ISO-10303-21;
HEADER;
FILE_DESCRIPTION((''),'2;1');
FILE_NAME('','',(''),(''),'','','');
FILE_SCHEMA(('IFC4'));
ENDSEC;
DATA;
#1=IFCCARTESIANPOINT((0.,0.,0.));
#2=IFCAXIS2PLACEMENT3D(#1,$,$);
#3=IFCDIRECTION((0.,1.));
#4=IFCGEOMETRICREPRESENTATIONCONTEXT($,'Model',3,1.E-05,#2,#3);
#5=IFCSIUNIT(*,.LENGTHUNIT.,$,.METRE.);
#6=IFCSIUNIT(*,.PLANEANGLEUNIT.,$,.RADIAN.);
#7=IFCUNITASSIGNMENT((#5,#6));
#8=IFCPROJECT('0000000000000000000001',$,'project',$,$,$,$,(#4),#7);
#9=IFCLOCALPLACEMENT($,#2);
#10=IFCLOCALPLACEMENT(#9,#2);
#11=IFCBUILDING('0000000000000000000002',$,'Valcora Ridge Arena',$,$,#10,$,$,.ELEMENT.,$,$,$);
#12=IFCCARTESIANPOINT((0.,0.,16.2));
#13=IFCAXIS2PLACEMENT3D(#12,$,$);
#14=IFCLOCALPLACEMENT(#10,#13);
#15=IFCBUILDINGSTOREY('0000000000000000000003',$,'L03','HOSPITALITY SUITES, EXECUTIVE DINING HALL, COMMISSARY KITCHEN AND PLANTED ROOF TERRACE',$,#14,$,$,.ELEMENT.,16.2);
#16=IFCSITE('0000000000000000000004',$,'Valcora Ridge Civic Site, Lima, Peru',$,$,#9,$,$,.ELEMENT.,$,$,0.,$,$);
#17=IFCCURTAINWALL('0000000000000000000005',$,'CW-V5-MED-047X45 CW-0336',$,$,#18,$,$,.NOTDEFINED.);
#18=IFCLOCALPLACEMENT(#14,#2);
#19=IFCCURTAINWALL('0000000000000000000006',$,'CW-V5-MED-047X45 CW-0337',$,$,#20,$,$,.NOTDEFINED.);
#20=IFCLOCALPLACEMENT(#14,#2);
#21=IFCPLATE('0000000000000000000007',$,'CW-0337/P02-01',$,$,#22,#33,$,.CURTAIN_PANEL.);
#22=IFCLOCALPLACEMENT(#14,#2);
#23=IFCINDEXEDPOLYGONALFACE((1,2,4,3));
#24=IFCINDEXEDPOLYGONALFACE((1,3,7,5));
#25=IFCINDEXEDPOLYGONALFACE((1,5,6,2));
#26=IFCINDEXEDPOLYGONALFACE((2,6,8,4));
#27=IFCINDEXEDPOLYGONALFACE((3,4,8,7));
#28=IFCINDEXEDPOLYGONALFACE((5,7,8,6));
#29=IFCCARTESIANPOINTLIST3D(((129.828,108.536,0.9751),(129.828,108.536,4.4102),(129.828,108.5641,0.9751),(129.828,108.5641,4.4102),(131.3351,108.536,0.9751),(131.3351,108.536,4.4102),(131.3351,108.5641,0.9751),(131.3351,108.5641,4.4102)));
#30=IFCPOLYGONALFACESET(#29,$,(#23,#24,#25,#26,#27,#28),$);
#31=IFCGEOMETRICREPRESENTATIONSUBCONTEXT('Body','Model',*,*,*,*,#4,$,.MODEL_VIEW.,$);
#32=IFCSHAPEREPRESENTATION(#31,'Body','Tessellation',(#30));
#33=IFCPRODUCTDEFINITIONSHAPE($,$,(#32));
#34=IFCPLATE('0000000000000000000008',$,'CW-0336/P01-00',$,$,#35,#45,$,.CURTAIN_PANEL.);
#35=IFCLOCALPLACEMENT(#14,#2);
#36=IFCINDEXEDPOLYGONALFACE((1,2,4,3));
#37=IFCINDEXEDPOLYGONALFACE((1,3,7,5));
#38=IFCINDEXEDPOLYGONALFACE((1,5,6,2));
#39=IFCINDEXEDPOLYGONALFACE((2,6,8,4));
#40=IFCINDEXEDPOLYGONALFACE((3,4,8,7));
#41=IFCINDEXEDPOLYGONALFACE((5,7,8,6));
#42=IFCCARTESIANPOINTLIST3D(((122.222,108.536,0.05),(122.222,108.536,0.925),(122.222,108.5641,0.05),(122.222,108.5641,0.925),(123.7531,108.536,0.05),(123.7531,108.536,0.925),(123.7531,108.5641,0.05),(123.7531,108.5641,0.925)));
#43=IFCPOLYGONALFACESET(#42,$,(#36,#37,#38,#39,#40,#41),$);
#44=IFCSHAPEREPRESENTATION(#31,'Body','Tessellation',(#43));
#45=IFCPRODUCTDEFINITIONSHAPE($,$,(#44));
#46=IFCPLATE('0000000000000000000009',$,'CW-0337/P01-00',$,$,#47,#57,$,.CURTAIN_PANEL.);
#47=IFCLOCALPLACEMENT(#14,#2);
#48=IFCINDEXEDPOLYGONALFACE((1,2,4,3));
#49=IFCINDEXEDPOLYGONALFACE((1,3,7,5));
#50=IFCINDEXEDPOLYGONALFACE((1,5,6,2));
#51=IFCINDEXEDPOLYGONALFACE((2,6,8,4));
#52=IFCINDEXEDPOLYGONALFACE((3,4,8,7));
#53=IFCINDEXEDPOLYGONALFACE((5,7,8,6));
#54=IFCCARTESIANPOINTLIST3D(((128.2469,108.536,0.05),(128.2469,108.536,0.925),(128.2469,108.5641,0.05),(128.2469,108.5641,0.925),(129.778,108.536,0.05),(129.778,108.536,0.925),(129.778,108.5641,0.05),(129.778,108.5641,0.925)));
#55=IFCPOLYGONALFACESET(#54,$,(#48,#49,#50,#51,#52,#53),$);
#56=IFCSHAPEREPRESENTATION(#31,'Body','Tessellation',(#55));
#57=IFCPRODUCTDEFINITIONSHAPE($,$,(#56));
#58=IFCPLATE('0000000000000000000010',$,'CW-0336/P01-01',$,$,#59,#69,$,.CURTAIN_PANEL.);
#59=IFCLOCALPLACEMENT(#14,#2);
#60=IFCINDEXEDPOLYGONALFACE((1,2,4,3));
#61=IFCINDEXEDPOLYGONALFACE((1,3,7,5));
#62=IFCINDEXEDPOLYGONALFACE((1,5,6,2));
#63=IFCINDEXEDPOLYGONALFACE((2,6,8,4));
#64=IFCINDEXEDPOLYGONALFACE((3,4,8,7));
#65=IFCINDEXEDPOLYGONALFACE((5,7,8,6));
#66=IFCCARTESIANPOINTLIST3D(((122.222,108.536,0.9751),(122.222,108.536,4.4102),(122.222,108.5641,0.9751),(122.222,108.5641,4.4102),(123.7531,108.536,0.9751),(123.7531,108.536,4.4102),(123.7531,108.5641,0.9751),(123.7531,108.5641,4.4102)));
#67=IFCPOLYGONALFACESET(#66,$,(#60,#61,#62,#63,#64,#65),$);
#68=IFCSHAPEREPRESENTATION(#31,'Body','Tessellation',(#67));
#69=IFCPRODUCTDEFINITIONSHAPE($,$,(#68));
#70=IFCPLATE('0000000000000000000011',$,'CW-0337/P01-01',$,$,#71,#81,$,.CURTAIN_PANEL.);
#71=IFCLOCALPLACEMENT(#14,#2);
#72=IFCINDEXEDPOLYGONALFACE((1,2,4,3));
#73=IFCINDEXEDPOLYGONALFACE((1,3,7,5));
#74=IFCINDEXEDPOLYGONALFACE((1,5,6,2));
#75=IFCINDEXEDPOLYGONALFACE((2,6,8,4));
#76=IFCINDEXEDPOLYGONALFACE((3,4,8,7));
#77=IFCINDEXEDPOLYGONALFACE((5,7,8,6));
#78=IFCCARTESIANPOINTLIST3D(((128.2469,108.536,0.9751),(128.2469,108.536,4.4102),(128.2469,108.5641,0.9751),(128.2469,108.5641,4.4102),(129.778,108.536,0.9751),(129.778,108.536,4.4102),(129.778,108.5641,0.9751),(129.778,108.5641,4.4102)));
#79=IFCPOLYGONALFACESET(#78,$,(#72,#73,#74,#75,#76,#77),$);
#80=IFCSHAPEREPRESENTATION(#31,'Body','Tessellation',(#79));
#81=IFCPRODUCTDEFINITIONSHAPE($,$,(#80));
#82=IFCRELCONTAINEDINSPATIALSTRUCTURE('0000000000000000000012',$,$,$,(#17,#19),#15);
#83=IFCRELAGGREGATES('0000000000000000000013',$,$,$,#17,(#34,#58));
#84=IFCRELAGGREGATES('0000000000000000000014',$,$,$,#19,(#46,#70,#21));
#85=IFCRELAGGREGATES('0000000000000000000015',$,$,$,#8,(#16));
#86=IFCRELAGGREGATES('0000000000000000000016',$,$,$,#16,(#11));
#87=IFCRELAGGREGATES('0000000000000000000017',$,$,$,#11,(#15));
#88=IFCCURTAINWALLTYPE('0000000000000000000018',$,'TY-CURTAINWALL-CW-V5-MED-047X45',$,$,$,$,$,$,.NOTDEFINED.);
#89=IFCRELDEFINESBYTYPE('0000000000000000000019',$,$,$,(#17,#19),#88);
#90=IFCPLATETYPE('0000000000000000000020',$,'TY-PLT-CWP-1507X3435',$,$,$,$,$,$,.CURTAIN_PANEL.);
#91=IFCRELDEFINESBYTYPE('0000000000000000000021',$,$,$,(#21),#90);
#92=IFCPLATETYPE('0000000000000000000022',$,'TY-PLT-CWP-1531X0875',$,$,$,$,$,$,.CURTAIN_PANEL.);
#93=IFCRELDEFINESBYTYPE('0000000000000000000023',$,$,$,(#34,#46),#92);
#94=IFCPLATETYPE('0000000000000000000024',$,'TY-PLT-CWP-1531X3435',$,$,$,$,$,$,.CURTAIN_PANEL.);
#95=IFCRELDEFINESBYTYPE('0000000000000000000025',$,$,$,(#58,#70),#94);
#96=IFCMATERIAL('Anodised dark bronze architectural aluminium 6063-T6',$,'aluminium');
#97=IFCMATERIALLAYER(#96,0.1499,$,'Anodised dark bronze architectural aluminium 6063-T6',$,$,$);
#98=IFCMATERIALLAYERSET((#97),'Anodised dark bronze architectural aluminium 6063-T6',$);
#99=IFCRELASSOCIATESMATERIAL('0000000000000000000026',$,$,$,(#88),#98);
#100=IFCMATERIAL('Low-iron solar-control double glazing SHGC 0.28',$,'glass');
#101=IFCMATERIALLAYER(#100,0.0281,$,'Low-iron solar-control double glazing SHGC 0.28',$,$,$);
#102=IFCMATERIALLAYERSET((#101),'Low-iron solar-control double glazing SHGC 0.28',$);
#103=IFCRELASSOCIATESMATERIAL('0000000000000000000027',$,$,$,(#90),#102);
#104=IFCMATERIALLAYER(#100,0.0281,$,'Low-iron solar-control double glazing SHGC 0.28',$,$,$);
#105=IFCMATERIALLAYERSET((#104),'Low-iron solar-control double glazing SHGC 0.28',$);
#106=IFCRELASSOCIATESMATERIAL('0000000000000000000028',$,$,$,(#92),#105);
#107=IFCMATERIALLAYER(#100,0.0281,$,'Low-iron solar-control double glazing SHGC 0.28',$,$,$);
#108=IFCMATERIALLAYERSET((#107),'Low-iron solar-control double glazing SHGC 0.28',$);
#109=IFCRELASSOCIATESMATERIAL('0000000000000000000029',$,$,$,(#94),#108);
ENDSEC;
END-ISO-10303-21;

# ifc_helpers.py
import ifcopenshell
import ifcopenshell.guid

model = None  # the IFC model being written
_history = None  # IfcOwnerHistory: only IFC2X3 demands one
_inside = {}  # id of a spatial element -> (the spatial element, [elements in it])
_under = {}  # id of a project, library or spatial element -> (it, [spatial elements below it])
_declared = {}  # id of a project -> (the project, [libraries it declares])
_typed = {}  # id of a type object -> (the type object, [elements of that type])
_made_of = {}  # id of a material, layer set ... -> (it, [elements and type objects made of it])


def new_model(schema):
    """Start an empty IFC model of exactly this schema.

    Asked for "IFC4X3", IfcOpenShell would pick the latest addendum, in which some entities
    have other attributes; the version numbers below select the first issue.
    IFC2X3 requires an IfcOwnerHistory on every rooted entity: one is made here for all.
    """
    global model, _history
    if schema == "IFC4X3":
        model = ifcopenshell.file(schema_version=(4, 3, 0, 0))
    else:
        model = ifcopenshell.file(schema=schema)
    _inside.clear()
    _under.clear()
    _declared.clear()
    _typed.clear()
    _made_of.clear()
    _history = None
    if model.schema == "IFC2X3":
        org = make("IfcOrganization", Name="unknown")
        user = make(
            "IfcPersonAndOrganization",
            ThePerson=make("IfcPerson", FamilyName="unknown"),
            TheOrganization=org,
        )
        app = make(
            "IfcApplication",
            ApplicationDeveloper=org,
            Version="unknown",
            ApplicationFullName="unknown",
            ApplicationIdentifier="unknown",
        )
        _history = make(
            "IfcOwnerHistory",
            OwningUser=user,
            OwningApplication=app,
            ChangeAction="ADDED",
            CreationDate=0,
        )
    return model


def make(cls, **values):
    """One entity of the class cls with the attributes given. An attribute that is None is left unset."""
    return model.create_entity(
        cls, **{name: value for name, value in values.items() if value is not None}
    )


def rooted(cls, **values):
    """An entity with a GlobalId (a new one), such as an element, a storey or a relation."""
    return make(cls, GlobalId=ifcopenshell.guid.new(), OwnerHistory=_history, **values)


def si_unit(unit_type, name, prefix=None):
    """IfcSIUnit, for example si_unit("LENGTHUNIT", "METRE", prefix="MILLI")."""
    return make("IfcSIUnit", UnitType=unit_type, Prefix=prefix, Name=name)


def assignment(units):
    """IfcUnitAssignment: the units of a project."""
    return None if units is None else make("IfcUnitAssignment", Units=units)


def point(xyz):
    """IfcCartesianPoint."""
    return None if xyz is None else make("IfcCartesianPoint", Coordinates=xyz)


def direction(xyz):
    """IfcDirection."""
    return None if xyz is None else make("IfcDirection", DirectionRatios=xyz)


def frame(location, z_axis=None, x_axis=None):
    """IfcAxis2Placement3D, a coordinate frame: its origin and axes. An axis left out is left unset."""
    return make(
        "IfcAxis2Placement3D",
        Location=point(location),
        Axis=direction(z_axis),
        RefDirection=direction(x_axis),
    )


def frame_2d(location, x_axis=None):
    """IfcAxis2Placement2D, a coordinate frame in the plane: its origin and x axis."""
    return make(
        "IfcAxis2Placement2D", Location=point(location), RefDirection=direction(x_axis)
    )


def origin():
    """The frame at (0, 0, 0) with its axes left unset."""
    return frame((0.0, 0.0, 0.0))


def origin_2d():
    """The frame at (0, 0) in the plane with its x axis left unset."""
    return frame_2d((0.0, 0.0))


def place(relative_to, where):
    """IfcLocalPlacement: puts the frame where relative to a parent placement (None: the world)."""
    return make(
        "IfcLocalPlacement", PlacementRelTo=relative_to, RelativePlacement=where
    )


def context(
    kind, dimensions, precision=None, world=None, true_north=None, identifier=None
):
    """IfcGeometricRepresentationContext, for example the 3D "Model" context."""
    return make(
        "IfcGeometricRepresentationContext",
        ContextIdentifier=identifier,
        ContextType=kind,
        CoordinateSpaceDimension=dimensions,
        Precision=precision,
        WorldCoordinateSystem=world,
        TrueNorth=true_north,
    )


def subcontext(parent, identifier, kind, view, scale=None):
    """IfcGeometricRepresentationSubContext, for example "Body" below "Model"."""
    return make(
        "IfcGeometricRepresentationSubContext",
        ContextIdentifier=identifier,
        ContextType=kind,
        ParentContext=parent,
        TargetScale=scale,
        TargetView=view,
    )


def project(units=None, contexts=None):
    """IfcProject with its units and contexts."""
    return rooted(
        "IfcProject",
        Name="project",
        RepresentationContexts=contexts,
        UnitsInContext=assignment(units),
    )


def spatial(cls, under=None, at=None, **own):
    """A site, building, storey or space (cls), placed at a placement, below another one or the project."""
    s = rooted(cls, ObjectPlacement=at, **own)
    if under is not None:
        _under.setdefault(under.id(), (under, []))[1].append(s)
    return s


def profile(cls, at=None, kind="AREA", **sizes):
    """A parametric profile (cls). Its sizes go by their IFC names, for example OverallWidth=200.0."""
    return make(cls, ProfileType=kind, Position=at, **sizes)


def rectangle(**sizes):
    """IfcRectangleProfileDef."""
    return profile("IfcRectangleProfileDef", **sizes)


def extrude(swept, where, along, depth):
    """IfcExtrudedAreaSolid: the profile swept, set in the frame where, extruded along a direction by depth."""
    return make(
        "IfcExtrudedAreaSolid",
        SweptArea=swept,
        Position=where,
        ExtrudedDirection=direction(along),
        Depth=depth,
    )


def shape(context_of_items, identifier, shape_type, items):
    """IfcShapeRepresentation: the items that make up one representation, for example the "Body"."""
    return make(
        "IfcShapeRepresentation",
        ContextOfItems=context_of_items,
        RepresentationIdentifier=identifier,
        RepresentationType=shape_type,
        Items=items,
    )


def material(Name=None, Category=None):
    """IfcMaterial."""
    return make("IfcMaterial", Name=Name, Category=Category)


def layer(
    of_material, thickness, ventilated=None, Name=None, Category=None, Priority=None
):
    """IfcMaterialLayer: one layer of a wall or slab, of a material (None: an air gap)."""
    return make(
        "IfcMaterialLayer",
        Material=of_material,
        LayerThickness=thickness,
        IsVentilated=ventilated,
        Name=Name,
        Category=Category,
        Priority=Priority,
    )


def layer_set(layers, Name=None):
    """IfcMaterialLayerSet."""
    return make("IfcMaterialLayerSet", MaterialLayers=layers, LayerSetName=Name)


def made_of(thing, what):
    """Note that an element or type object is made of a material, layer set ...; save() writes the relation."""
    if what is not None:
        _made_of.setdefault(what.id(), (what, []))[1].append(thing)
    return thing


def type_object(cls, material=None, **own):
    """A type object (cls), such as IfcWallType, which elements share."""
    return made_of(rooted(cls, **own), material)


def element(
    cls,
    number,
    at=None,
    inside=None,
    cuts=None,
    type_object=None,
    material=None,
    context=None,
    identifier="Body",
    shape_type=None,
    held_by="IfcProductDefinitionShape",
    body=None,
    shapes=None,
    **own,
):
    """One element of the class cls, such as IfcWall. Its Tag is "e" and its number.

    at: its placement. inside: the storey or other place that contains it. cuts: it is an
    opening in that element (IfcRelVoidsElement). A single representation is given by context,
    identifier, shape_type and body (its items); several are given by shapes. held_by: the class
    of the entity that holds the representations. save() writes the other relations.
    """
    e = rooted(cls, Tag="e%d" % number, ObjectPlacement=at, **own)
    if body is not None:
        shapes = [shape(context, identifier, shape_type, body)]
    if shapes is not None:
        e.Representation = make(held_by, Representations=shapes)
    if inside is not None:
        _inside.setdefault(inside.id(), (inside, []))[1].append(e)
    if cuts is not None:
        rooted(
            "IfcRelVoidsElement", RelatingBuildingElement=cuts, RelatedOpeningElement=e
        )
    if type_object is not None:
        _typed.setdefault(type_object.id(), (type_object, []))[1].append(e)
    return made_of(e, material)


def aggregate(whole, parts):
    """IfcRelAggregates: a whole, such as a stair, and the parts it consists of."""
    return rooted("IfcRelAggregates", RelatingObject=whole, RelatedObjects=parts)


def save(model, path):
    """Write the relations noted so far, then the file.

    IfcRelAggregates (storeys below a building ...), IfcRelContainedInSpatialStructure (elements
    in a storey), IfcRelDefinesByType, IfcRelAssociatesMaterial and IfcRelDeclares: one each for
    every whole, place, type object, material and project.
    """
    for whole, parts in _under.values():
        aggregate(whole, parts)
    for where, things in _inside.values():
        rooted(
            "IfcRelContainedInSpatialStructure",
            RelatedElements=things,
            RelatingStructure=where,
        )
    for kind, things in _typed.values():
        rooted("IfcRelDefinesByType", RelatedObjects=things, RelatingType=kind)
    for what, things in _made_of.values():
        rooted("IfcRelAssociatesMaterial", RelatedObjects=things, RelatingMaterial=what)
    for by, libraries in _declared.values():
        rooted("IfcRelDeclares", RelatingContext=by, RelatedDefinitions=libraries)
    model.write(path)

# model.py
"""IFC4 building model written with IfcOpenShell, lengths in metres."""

from ifc_helpers import new_model, si_unit, direction, frame, origin, origin_2d, place, context, subcontext, project, spatial, rectangle, extrude, material, layer, layer_set, type_object, element, aggregate, save


model = new_model("IFC4")

# Units and contexts
model_context = context("Model", 3, precision=1e-05, world=origin(), true_north=direction((0.0, 1.0)))
body_context = subcontext(model_context, "Body", "Model", "MODEL_VIEW")
ifc_project = project(units=[si_unit("LENGTHUNIT", "METRE"), si_unit("PLANEANGLEUNIT", "RADIAN")], contexts=[model_context])

# Site, building, storey
site_placement = place(None, origin())
site = spatial("IfcSite", under=ifc_project, at=site_placement, Name="Valcora Ridge Civic Site, Lima, Peru", CompositionType="ELEMENT", RefElevation=0.0)
building_placement = place(site_placement, origin())
building = spatial("IfcBuilding", under=site, at=building_placement, Name="Valcora Ridge Arena", CompositionType="ELEMENT")
storey_placement = place(building_placement, frame((0.0, 0.0, 16.2)))
storey = spatial("IfcBuildingStorey", under=building, at=storey_placement, Name="L03", Description="HOSPITALITY SUITES, EXECUTIVE DINING HALL, COMMISSARY KITCHEN AND PLANTED ROOF TERRACE", CompositionType="ELEMENT", Elevation=16.2)

# Curtain walls
ifc_material_1 = material(Name="Anodised dark bronze architectural aluminium 6063-T6", Category="aluminium")
ifc_layer_1 = layer(ifc_material_1, 0.1499, Name="Anodised dark bronze architectural aluminium 6063-T6")
ifc_layer_set_1 = layer_set([ifc_layer_1], Name="Anodised dark bronze architectural aluminium 6063-T6")
curtain_wall_type = type_object("IfcCurtainWallType", Name="TY-CURTAINWALL-CW-V5-MED-047X45", PredefinedType="NOTDEFINED", material=ifc_layer_set_1)
curtain_wall_1_placement = place(storey_placement, origin())
curtain_wall_1 = element("IfcCurtainWall", 1, at=curtain_wall_1_placement, inside=storey, type_object=curtain_wall_type, Name="CW-V5-MED-047X45 CW-0336", PredefinedType="NOTDEFINED")
curtain_wall_2_placement = place(storey_placement, origin())
curtain_wall_2 = element("IfcCurtainWall", 2, at=curtain_wall_2_placement, inside=storey, type_object=curtain_wall_type, Name="CW-V5-MED-047X45 CW-0337", PredefinedType="NOTDEFINED")

# Plates
ifc_material_2 = material(Name="Low-iron solar-control double glazing SHGC 0.28", Category="glass")
ifc_layer_2 = layer(ifc_material_2, 0.0281, Name="Low-iron solar-control double glazing SHGC 0.28")
ifc_layer_set_2 = layer_set([ifc_layer_2], Name="Low-iron solar-control double glazing SHGC 0.28")
plate_type_1 = type_object("IfcPlateType", Name="TY-PLT-CWP-1507X3435", PredefinedType="CURTAIN_PANEL", material=ifc_layer_set_2)
plate_1_placement = place(storey_placement, frame((130.5815, 108.55, 0.9751), z_axis=(0.0, 0.0, 1.0), x_axis=(1.0, 0.0, 0.0)))
plate_1 = element("IfcPlate", 3, at=plate_1_placement, type_object=plate_type_1, Name="CW-0337/P02-01", PredefinedType="CURTAIN_PANEL", context=body_context, shape_type="SweptSolid", body=[
    extrude(rectangle(XDim=1.5071, YDim=0.0281, at=origin_2d()), origin(), (0.0, 0.0, 1.0), 3.4351),
])
ifc_layer_3 = layer(ifc_material_2, 0.0281, Name="Low-iron solar-control double glazing SHGC 0.28")
ifc_layer_set_3 = layer_set([ifc_layer_3], Name="Low-iron solar-control double glazing SHGC 0.28")
plate_type_2 = type_object("IfcPlateType", Name="TY-PLT-CWP-1531X0875", PredefinedType="CURTAIN_PANEL", material=ifc_layer_set_3)
plate_2_placement = place(storey_placement, frame((122.9875, 108.55, 0.05), z_axis=(0.0, 0.0, 1.0), x_axis=(1.0, 0.0, 0.0)))
plate_2 = element("IfcPlate", 4, at=plate_2_placement, type_object=plate_type_2, Name="CW-0336/P01-00", PredefinedType="CURTAIN_PANEL", context=body_context, shape_type="SweptSolid", body=[
    extrude(rectangle(XDim=1.531, YDim=0.0281, at=origin_2d()), origin(), (0.0, 0.0, 1.0), 0.875),
])
plate_3_placement = place(storey_placement, frame((129.0125, 108.55, 0.05), z_axis=(0.0, 0.0, 1.0), x_axis=(1.0, 0.0, 0.0)))
plate_3 = element("IfcPlate", 5, at=plate_3_placement, type_object=plate_type_2, Name="CW-0337/P01-00", PredefinedType="CURTAIN_PANEL", context=body_context, shape_type="SweptSolid", body=[
    extrude(rectangle(XDim=1.531, YDim=0.0281, at=origin_2d()), origin(), (0.0, 0.0, 1.0), 0.875),
])
ifc_layer_4 = layer(ifc_material_2, 0.0281, Name="Low-iron solar-control double glazing SHGC 0.28")
ifc_layer_set_4 = layer_set([ifc_layer_4], Name="Low-iron solar-control double glazing SHGC 0.28")
plate_type_3 = type_object("IfcPlateType", Name="TY-PLT-CWP-1531X3435", PredefinedType="CURTAIN_PANEL", material=ifc_layer_set_4)
plate_4_placement = place(storey_placement, frame((122.9875, 108.55, 0.9751), z_axis=(0.0, 0.0, 1.0), x_axis=(1.0, 0.0, 0.0)))
plate_4 = element("IfcPlate", 6, at=plate_4_placement, type_object=plate_type_3, Name="CW-0336/P01-01", PredefinedType="CURTAIN_PANEL", context=body_context, shape_type="SweptSolid", body=[
    extrude(rectangle(XDim=1.531, YDim=0.0281, at=origin_2d()), origin(), (0.0, 0.0, 1.0), 3.4351),
])
aggregate(curtain_wall_1, [plate_2, plate_4])
plate_5_placement = place(storey_placement, frame((129.0125, 108.55, 0.9751), z_axis=(0.0, 0.0, 1.0), x_axis=(1.0, 0.0, 0.0)))
plate_5 = element("IfcPlate", 7, at=plate_5_placement, type_object=plate_type_3, Name="CW-0337/P01-01", PredefinedType="CURTAIN_PANEL", context=body_context, shape_type="SweptSolid", body=[
    extrude(rectangle(XDim=1.531, YDim=0.0281, at=origin_2d()), origin(), (0.0, 0.0, 1.0), 3.4351),
])
aggregate(curtain_wall_2, [plate_3, plate_5, plate_1])

save(model, "model.ifc")
